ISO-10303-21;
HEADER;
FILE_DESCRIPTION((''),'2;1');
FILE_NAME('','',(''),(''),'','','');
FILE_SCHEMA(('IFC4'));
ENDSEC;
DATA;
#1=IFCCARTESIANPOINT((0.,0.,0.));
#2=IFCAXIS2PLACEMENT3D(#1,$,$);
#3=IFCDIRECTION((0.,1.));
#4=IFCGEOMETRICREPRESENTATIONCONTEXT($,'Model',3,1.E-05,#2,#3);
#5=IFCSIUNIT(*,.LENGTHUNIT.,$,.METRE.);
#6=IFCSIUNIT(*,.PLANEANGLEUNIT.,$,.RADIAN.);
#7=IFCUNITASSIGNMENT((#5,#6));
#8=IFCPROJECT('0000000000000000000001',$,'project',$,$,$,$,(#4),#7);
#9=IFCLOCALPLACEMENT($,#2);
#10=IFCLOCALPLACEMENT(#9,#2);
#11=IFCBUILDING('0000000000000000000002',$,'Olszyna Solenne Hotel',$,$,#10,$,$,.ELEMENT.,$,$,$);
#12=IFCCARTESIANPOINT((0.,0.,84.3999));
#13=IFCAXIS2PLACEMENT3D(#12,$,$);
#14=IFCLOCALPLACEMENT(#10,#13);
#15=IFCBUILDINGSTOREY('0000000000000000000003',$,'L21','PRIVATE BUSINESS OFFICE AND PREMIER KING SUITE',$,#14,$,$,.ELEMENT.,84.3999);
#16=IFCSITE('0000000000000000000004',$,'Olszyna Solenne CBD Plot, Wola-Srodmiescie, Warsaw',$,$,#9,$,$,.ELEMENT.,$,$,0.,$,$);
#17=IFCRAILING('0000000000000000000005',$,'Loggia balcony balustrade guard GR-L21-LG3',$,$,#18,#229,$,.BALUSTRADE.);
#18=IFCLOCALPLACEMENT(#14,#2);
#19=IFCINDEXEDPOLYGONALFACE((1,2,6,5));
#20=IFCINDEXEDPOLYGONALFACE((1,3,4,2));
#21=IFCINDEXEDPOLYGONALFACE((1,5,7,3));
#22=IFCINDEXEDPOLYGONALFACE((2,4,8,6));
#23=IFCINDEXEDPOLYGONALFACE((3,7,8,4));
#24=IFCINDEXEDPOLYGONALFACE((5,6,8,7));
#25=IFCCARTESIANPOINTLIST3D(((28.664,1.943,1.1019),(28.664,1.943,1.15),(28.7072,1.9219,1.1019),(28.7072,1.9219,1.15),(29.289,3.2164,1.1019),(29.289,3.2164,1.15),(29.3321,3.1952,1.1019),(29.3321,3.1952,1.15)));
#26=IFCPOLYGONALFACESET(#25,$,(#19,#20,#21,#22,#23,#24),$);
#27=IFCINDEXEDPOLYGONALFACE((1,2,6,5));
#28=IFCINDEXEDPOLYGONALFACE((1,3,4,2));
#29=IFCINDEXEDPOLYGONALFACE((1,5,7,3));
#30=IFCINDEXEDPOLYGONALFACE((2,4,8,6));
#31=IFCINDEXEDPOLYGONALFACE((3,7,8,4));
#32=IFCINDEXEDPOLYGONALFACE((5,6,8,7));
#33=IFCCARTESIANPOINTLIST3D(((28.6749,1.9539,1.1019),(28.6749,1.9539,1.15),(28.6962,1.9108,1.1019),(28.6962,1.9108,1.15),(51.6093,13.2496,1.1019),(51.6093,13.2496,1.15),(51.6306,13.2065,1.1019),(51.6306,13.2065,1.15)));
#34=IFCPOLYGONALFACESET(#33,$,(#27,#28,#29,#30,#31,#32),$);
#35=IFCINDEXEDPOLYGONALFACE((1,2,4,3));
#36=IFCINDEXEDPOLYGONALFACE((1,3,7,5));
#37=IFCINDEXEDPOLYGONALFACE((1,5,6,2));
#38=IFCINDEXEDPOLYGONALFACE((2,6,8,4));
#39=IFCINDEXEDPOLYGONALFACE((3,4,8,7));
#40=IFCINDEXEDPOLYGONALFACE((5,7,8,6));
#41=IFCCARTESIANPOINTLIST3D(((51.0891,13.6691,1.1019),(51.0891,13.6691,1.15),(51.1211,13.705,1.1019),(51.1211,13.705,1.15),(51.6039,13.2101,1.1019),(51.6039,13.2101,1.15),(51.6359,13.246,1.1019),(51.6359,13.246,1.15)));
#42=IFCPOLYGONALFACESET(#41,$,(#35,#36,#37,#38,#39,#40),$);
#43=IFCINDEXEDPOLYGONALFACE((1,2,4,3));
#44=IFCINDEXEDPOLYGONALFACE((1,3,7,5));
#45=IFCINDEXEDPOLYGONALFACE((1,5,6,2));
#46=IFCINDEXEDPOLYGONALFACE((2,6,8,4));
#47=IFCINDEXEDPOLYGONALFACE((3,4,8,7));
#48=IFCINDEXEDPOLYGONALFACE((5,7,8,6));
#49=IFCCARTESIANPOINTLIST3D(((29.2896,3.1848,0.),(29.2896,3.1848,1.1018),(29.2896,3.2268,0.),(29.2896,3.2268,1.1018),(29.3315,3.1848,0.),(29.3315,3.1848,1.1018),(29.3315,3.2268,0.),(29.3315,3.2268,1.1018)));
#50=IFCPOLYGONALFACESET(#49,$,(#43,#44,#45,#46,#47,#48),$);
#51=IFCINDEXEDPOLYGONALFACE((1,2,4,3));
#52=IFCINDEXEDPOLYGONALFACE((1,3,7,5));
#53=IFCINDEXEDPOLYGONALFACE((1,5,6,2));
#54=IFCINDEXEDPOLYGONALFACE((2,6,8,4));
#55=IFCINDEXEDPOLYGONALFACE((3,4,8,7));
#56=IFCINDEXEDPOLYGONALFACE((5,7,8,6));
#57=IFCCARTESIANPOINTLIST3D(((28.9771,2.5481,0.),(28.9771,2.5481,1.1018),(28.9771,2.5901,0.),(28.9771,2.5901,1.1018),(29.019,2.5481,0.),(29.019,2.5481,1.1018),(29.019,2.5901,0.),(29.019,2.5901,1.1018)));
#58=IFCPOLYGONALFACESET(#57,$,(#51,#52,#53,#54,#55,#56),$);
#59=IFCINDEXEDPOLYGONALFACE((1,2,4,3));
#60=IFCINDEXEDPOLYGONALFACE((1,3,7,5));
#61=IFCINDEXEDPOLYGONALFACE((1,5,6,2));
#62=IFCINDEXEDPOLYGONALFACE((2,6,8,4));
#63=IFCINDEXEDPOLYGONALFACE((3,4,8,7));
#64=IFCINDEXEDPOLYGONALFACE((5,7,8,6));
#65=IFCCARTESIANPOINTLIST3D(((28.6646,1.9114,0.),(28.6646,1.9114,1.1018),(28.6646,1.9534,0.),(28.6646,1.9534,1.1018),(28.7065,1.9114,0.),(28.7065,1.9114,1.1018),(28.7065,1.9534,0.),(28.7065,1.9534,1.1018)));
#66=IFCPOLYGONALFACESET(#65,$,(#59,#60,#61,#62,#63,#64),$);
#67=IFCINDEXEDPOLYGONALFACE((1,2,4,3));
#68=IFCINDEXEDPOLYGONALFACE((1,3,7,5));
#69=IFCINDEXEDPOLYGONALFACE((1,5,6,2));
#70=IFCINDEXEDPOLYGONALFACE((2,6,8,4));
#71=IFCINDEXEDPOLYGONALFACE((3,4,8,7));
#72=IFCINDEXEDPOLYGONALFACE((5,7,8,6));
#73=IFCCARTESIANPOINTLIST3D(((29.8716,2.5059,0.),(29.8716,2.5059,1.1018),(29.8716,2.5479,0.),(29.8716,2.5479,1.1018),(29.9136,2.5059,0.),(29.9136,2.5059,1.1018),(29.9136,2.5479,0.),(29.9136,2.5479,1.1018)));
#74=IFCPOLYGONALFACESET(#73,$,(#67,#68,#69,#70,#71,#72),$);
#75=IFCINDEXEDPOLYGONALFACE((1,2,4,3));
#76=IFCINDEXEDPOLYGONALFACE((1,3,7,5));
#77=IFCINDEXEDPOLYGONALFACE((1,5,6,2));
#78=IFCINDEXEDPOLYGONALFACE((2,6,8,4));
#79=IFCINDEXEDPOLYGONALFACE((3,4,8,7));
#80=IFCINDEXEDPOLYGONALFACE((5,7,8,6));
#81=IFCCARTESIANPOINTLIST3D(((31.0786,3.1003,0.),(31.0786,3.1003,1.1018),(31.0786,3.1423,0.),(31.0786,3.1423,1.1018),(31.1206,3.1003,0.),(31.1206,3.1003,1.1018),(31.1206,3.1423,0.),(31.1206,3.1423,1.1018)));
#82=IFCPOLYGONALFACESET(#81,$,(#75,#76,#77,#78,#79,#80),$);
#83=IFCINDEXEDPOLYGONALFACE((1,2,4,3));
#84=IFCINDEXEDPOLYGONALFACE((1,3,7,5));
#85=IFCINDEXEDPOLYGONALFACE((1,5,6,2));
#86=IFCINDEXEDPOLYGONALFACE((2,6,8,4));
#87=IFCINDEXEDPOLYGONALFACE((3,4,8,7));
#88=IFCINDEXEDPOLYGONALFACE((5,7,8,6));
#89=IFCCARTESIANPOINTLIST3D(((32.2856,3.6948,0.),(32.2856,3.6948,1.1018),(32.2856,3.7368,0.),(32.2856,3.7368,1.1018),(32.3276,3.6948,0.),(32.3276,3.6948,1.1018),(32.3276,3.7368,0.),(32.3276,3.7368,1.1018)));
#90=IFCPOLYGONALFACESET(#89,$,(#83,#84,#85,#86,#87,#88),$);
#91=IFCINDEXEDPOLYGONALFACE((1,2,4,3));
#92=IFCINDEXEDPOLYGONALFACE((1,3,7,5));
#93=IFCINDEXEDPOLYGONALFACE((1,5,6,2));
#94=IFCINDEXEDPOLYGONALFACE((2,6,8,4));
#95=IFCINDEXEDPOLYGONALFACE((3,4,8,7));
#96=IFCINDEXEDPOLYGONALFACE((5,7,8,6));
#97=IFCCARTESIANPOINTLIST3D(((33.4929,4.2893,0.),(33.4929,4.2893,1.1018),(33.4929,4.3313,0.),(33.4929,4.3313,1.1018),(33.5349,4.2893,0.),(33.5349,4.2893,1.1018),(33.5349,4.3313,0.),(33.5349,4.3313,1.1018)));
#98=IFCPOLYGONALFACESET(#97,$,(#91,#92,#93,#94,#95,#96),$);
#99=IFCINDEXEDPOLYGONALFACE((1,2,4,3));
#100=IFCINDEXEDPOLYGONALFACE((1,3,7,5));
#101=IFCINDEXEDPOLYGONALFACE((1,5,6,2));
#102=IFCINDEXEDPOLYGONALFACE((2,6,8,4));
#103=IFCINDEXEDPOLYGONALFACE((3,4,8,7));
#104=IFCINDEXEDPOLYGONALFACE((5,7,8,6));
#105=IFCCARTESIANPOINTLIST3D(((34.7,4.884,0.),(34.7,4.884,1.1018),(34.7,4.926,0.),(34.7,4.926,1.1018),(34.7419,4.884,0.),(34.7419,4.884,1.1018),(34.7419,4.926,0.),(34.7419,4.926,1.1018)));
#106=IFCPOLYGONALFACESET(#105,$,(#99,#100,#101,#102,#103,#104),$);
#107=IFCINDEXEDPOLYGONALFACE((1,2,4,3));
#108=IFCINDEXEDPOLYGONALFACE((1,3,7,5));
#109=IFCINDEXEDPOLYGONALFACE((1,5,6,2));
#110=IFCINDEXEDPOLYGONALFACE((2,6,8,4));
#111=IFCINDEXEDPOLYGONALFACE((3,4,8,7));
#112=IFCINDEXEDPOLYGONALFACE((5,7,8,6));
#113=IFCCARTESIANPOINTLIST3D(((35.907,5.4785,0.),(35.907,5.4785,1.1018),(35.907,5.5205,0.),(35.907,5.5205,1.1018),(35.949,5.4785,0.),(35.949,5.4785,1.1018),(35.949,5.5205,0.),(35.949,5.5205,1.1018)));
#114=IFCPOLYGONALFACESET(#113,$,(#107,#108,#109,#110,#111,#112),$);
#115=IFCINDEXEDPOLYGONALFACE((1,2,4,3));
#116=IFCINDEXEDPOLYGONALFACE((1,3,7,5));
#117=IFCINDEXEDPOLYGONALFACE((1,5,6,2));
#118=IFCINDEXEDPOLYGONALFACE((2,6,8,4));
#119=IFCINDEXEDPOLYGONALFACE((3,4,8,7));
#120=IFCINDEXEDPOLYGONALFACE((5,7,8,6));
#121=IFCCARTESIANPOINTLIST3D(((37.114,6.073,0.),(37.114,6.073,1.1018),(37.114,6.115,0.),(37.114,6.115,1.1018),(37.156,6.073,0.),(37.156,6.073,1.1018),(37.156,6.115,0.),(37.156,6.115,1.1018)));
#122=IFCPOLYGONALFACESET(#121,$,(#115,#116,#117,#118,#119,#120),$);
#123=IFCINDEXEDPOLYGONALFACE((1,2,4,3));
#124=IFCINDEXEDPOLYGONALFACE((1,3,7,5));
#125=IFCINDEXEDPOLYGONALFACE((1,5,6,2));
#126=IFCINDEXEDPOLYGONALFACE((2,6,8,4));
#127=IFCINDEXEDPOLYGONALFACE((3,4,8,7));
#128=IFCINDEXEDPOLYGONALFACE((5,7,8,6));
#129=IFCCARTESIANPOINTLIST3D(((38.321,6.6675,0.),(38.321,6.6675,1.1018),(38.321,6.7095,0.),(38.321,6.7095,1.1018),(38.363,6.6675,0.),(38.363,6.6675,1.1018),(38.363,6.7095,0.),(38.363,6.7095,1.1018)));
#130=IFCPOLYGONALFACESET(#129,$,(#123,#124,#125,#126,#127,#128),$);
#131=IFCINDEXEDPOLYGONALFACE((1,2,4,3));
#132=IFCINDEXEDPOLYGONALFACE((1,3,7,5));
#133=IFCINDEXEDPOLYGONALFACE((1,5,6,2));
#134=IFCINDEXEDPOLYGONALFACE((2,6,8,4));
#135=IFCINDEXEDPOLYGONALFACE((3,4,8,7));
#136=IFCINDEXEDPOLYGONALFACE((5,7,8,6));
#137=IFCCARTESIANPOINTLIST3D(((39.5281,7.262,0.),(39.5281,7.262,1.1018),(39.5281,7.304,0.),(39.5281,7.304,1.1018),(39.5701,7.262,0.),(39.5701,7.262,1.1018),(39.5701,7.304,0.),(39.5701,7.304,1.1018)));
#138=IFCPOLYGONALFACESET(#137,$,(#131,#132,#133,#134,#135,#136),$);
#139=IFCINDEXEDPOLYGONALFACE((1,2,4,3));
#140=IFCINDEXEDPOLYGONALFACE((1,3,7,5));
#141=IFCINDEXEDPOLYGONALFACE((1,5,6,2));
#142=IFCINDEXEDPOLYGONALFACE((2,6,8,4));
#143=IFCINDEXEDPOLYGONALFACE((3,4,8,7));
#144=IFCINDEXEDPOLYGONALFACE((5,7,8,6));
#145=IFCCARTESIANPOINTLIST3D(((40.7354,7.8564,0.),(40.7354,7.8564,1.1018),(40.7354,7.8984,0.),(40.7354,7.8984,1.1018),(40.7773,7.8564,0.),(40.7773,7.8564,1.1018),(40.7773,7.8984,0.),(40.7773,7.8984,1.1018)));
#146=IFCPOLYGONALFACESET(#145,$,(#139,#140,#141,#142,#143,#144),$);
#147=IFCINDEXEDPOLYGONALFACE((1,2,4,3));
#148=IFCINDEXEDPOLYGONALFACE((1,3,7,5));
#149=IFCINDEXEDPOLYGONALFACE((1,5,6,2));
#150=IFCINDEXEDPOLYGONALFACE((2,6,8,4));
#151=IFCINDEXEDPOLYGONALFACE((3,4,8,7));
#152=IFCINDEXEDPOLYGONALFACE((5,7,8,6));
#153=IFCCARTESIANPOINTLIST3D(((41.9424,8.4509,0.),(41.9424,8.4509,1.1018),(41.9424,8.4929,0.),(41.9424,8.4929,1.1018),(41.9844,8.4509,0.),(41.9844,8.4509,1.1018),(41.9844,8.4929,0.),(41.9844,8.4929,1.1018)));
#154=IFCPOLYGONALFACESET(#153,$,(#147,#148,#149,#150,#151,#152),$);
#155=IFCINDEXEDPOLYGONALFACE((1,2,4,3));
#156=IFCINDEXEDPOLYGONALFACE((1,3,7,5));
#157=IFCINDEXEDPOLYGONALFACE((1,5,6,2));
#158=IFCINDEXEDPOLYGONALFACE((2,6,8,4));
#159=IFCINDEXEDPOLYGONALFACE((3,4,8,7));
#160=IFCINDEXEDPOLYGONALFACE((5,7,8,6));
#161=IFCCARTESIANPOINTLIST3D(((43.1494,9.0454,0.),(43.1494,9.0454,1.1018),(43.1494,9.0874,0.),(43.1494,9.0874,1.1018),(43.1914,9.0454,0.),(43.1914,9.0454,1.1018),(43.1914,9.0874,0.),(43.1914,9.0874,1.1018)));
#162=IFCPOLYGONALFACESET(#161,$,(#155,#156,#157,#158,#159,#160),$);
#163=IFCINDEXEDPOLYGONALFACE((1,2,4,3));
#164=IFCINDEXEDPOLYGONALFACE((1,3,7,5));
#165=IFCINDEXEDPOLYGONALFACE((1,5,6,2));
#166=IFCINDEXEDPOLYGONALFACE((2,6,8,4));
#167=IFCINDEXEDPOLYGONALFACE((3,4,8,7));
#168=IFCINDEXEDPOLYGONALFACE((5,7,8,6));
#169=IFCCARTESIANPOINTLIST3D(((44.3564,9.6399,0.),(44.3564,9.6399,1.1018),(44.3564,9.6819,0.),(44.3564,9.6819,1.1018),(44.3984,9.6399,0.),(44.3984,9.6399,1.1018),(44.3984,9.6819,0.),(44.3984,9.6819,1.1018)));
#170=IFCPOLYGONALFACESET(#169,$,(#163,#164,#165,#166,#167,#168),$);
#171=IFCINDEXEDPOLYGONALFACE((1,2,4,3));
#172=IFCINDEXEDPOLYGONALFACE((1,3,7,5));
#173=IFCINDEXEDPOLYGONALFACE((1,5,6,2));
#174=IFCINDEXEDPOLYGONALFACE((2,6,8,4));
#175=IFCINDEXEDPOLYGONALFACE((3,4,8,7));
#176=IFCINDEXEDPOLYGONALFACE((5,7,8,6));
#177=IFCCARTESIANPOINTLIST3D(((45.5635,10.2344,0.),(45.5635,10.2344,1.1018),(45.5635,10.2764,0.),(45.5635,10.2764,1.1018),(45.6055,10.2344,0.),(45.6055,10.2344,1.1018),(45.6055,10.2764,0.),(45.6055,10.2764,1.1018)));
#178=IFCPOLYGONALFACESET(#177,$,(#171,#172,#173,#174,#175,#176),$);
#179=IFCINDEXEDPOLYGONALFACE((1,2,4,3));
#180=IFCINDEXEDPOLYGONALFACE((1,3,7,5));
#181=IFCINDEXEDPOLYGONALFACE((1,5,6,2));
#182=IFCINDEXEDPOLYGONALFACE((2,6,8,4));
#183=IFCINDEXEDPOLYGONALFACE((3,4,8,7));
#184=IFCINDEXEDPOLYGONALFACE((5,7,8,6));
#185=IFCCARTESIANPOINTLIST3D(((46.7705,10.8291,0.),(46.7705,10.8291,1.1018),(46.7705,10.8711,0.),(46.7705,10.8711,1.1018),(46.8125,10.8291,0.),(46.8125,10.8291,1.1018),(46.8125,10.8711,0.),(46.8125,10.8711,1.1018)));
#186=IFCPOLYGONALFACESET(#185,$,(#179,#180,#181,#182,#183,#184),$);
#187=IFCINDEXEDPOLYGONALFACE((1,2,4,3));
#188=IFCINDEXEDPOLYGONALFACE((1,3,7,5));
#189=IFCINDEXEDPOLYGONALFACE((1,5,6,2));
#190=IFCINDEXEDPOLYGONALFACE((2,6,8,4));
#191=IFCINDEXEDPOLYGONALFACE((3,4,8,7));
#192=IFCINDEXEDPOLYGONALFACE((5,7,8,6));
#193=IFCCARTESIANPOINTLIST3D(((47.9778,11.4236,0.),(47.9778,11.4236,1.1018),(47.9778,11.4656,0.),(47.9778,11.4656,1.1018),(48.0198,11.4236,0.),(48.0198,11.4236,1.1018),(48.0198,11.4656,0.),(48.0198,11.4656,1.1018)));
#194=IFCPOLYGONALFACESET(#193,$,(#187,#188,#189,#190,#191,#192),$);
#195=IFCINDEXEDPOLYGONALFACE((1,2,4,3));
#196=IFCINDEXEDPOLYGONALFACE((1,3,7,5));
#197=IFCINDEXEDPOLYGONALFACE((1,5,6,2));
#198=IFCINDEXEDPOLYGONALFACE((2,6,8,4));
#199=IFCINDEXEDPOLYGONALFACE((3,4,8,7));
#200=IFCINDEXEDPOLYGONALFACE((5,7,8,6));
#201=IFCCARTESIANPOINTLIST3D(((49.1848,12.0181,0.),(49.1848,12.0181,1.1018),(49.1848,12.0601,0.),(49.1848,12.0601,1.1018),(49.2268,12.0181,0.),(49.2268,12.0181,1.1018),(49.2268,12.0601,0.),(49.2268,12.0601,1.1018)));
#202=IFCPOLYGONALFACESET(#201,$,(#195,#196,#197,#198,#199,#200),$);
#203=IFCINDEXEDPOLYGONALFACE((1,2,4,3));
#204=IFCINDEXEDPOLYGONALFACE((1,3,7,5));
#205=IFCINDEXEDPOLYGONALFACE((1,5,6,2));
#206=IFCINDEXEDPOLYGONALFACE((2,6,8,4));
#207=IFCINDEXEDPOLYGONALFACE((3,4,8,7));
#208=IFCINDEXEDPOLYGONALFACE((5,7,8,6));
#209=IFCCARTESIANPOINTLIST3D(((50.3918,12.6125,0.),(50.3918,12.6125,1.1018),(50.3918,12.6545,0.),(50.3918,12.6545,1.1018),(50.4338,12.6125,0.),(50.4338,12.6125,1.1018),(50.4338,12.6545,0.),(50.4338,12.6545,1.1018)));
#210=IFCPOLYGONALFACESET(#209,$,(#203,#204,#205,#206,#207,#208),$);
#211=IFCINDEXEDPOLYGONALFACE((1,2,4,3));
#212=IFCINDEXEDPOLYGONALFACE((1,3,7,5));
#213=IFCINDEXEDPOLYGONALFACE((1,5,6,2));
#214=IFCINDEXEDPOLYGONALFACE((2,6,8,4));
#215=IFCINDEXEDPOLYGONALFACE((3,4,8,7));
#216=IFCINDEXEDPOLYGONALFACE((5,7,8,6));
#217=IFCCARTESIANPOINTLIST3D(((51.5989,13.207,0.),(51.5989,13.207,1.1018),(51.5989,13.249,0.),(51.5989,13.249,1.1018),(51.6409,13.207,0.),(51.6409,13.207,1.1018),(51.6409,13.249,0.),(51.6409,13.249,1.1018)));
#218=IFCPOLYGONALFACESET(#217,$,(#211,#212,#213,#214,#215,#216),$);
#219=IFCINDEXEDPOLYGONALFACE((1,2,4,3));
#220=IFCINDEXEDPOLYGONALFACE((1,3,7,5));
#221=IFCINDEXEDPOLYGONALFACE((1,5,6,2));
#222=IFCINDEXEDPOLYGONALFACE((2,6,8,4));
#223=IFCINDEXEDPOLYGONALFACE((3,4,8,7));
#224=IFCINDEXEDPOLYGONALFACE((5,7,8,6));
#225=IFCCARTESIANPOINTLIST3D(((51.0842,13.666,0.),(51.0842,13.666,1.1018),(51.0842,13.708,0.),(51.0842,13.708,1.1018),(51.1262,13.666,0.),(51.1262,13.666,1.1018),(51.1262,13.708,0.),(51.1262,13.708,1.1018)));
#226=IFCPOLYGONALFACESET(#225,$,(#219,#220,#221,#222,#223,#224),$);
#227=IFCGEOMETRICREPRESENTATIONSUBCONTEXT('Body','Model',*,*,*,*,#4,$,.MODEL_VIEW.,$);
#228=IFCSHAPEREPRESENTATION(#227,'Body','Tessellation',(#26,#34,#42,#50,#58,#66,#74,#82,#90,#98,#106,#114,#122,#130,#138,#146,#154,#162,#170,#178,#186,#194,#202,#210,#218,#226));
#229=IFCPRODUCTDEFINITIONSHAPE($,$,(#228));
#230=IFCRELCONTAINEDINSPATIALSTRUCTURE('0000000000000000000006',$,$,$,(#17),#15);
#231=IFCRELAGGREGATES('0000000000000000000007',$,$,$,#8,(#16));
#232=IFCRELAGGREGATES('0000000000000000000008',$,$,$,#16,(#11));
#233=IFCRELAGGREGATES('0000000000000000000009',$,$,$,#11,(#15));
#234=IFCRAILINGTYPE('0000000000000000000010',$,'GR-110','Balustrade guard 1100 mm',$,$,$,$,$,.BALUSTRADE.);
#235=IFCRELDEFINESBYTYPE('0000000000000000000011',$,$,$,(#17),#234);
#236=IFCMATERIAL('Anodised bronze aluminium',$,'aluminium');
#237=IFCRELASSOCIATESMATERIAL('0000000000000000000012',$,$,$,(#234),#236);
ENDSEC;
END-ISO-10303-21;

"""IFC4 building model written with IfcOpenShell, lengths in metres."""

from ifc_helpers import new_model, si_unit, direction, frame, origin, origin_2d, place, context, subcontext, project, spatial, rectangle, extrude, material, type_object, element, save


model = new_model("IFC4")

# Units and contexts
model_context = context("Model", 3, precision=1e-05, world=origin(), true_north=direction((0.0, 1.0)))
body_context = subcontext(model_context, "Body", "Model", "MODEL_VIEW")
ifc_project = project(units=[si_unit("LENGTHUNIT", "METRE"), si_unit("PLANEANGLEUNIT", "RADIAN")], contexts=[model_context])

# Site, building, storey
site_placement = place(None, origin())
site = spatial("IfcSite", under=ifc_project, at=site_placement, Name="Olszyna Solenne CBD Plot, Wola-Srodmiescie, Warsaw", CompositionType="ELEMENT", RefElevation=0.0)
building_placement = place(site_placement, origin())
building = spatial("IfcBuilding", under=site, at=building_placement, Name="Olszyna Solenne Hotel", CompositionType="ELEMENT")
storey_placement = place(building_placement, frame((0.0, 0.0, 84.3999)))
storey = spatial("IfcBuildingStorey", under=building, at=storey_placement, Name="L21", Description="PRIVATE BUSINESS OFFICE AND PREMIER KING SUITE", CompositionType="ELEMENT", Elevation=84.3999)

# Shared definitions
ifc_material_1 = material(Name="Anodised bronze aluminium", Category="aluminium")

# Railing
railing_type = type_object("IfcRailingType", Name="GR-110", Description="Balustrade guard 1100 mm", PredefinedType="BALUSTRADE", material=ifc_material_1)
railing_1_placement = place(storey_placement, frame((29.3105, 3.2058, 0.0)))
element("IfcRailing", 1, at=railing_1_placement, inside=storey, type_object=railing_type, Name="Loggia balcony balustrade guard GR-L21-LG3", PredefinedType="BALUSTRADE", context=body_context, shape_type="SweptSolid", body=[
    extrude(rectangle(XDim=0.0481, YDim=0.0481, at=origin_2d()), frame((0.0, 0.0, 1.126), z_axis=(-0.440592, -0.897707, 0.0), x_axis=(0.897707, -0.440592, 0.0)), (0.0, 0.0, 1.0), 1.4185),
    extrude(rectangle(XDim=0.0481, YDim=0.0481, at=origin_2d()), frame((-0.625, -1.2734, 1.126), z_axis=(0.897095, 0.441839, 0.0), x_axis=(-0.441839, 0.897095, 0.0)), (0.0, 0.0, 1.0), 25.5652),
    extrude(rectangle(XDim=0.0481, YDim=0.0481, at=origin_2d()), frame((22.3093, 10.0222, 1.126), z_axis=(-0.746314, 0.665594, 0.0), x_axis=(-0.665594, -0.746314, 0.0)), (0.0, 0.0, 1.0), 0.6897),
    extrude(rectangle(XDim=0.042, YDim=0.042, at=origin_2d()), origin(), (0.0, 0.0, 1.0), 1.1018),
    extrude(rectangle(XDim=0.042, YDim=0.042, at=origin_2d()), frame((-0.3125, -0.6367, 0.0)), (0.0, 0.0, 1.0), 1.1018),
    extrude(rectangle(XDim=0.042, YDim=0.042, at=origin_2d()), frame((-0.625, -1.2734, 0.0)), (0.0, 0.0, 1.0), 1.1018),
    extrude(rectangle(XDim=0.042, YDim=0.042, at=origin_2d()), frame((0.582, -0.679, 0.0)), (0.0, 0.0, 1.0), 1.1018),
    extrude(rectangle(XDim=0.042, YDim=0.042, at=origin_2d()), frame((1.7891, -0.0845, 0.0)), (0.0, 0.0, 1.0), 1.1018),
    extrude(rectangle(XDim=0.042, YDim=0.042, at=origin_2d()), frame((2.9961, 0.51, 0.0)), (0.0, 0.0, 1.0), 1.1018),
    extrude(rectangle(XDim=0.042, YDim=0.042, at=origin_2d()), frame((4.2034, 1.1045, 0.0)), (0.0, 0.0, 1.0), 1.1018),
    extrude(rectangle(XDim=0.042, YDim=0.042, at=origin_2d()), frame((5.4104, 1.6992, 0.0)), (0.0, 0.0, 1.0), 1.1018),
    extrude(rectangle(XDim=0.042, YDim=0.042, at=origin_2d()), frame((6.6174, 2.2937, 0.0)), (0.0, 0.0, 1.0), 1.1018),
    extrude(rectangle(XDim=0.042, YDim=0.042, at=origin_2d()), frame((7.8245, 2.8882, 0.0)), (0.0, 0.0, 1.0), 1.1018),
    extrude(rectangle(XDim=0.042, YDim=0.042, at=origin_2d()), frame((9.0315, 3.4827, 0.0)), (0.0, 0.0, 1.0), 1.1018),
    extrude(rectangle(XDim=0.042, YDim=0.042, at=origin_2d()), frame((10.2385, 4.0771, 0.0)), (0.0, 0.0, 1.0), 1.1018),
    extrude(rectangle(XDim=0.042, YDim=0.042, at=origin_2d()), frame((11.4458, 4.6716, 0.0)), (0.0, 0.0, 1.0), 1.1018),
    extrude(rectangle(XDim=0.042, YDim=0.042, at=origin_2d()), frame((12.6528, 5.2661, 0.0)), (0.0, 0.0, 1.0), 1.1018),
    extrude(rectangle(XDim=0.042, YDim=0.042, at=origin_2d()), frame((13.8599, 5.8606, 0.0)), (0.0, 0.0, 1.0), 1.1018),
    extrude(rectangle(XDim=0.042, YDim=0.042, at=origin_2d()), frame((15.0669, 6.4551, 0.0)), (0.0, 0.0, 1.0), 1.1018),
    extrude(rectangle(XDim=0.042, YDim=0.042, at=origin_2d()), frame((16.2739, 7.0496, 0.0)), (0.0, 0.0, 1.0), 1.1018),
    extrude(rectangle(XDim=0.042, YDim=0.042, at=origin_2d()), frame((17.481, 7.6443, 0.0)), (0.0, 0.0, 1.0), 1.1018),
    extrude(rectangle(XDim=0.042, YDim=0.042, at=origin_2d()), frame((18.6882, 8.2388, 0.0)), (0.0, 0.0, 1.0), 1.1018),
    extrude(rectangle(XDim=0.042, YDim=0.042, at=origin_2d()), frame((19.8953, 8.8333, 0.0)), (0.0, 0.0, 1.0), 1.1018),
    extrude(rectangle(XDim=0.042, YDim=0.042, at=origin_2d()), frame((21.1023, 9.4277, 0.0)), (0.0, 0.0, 1.0), 1.1018),
    extrude(rectangle(XDim=0.042, YDim=0.042, at=origin_2d()), frame((22.3093, 10.0222, 0.0)), (0.0, 0.0, 1.0), 1.1018),
    extrude(rectangle(XDim=0.042, YDim=0.042, at=origin_2d()), frame((21.7947, 10.4812, 0.0)), (0.0, 0.0, 1.0), 1.1018),
])

save(model, "model.ifc")
